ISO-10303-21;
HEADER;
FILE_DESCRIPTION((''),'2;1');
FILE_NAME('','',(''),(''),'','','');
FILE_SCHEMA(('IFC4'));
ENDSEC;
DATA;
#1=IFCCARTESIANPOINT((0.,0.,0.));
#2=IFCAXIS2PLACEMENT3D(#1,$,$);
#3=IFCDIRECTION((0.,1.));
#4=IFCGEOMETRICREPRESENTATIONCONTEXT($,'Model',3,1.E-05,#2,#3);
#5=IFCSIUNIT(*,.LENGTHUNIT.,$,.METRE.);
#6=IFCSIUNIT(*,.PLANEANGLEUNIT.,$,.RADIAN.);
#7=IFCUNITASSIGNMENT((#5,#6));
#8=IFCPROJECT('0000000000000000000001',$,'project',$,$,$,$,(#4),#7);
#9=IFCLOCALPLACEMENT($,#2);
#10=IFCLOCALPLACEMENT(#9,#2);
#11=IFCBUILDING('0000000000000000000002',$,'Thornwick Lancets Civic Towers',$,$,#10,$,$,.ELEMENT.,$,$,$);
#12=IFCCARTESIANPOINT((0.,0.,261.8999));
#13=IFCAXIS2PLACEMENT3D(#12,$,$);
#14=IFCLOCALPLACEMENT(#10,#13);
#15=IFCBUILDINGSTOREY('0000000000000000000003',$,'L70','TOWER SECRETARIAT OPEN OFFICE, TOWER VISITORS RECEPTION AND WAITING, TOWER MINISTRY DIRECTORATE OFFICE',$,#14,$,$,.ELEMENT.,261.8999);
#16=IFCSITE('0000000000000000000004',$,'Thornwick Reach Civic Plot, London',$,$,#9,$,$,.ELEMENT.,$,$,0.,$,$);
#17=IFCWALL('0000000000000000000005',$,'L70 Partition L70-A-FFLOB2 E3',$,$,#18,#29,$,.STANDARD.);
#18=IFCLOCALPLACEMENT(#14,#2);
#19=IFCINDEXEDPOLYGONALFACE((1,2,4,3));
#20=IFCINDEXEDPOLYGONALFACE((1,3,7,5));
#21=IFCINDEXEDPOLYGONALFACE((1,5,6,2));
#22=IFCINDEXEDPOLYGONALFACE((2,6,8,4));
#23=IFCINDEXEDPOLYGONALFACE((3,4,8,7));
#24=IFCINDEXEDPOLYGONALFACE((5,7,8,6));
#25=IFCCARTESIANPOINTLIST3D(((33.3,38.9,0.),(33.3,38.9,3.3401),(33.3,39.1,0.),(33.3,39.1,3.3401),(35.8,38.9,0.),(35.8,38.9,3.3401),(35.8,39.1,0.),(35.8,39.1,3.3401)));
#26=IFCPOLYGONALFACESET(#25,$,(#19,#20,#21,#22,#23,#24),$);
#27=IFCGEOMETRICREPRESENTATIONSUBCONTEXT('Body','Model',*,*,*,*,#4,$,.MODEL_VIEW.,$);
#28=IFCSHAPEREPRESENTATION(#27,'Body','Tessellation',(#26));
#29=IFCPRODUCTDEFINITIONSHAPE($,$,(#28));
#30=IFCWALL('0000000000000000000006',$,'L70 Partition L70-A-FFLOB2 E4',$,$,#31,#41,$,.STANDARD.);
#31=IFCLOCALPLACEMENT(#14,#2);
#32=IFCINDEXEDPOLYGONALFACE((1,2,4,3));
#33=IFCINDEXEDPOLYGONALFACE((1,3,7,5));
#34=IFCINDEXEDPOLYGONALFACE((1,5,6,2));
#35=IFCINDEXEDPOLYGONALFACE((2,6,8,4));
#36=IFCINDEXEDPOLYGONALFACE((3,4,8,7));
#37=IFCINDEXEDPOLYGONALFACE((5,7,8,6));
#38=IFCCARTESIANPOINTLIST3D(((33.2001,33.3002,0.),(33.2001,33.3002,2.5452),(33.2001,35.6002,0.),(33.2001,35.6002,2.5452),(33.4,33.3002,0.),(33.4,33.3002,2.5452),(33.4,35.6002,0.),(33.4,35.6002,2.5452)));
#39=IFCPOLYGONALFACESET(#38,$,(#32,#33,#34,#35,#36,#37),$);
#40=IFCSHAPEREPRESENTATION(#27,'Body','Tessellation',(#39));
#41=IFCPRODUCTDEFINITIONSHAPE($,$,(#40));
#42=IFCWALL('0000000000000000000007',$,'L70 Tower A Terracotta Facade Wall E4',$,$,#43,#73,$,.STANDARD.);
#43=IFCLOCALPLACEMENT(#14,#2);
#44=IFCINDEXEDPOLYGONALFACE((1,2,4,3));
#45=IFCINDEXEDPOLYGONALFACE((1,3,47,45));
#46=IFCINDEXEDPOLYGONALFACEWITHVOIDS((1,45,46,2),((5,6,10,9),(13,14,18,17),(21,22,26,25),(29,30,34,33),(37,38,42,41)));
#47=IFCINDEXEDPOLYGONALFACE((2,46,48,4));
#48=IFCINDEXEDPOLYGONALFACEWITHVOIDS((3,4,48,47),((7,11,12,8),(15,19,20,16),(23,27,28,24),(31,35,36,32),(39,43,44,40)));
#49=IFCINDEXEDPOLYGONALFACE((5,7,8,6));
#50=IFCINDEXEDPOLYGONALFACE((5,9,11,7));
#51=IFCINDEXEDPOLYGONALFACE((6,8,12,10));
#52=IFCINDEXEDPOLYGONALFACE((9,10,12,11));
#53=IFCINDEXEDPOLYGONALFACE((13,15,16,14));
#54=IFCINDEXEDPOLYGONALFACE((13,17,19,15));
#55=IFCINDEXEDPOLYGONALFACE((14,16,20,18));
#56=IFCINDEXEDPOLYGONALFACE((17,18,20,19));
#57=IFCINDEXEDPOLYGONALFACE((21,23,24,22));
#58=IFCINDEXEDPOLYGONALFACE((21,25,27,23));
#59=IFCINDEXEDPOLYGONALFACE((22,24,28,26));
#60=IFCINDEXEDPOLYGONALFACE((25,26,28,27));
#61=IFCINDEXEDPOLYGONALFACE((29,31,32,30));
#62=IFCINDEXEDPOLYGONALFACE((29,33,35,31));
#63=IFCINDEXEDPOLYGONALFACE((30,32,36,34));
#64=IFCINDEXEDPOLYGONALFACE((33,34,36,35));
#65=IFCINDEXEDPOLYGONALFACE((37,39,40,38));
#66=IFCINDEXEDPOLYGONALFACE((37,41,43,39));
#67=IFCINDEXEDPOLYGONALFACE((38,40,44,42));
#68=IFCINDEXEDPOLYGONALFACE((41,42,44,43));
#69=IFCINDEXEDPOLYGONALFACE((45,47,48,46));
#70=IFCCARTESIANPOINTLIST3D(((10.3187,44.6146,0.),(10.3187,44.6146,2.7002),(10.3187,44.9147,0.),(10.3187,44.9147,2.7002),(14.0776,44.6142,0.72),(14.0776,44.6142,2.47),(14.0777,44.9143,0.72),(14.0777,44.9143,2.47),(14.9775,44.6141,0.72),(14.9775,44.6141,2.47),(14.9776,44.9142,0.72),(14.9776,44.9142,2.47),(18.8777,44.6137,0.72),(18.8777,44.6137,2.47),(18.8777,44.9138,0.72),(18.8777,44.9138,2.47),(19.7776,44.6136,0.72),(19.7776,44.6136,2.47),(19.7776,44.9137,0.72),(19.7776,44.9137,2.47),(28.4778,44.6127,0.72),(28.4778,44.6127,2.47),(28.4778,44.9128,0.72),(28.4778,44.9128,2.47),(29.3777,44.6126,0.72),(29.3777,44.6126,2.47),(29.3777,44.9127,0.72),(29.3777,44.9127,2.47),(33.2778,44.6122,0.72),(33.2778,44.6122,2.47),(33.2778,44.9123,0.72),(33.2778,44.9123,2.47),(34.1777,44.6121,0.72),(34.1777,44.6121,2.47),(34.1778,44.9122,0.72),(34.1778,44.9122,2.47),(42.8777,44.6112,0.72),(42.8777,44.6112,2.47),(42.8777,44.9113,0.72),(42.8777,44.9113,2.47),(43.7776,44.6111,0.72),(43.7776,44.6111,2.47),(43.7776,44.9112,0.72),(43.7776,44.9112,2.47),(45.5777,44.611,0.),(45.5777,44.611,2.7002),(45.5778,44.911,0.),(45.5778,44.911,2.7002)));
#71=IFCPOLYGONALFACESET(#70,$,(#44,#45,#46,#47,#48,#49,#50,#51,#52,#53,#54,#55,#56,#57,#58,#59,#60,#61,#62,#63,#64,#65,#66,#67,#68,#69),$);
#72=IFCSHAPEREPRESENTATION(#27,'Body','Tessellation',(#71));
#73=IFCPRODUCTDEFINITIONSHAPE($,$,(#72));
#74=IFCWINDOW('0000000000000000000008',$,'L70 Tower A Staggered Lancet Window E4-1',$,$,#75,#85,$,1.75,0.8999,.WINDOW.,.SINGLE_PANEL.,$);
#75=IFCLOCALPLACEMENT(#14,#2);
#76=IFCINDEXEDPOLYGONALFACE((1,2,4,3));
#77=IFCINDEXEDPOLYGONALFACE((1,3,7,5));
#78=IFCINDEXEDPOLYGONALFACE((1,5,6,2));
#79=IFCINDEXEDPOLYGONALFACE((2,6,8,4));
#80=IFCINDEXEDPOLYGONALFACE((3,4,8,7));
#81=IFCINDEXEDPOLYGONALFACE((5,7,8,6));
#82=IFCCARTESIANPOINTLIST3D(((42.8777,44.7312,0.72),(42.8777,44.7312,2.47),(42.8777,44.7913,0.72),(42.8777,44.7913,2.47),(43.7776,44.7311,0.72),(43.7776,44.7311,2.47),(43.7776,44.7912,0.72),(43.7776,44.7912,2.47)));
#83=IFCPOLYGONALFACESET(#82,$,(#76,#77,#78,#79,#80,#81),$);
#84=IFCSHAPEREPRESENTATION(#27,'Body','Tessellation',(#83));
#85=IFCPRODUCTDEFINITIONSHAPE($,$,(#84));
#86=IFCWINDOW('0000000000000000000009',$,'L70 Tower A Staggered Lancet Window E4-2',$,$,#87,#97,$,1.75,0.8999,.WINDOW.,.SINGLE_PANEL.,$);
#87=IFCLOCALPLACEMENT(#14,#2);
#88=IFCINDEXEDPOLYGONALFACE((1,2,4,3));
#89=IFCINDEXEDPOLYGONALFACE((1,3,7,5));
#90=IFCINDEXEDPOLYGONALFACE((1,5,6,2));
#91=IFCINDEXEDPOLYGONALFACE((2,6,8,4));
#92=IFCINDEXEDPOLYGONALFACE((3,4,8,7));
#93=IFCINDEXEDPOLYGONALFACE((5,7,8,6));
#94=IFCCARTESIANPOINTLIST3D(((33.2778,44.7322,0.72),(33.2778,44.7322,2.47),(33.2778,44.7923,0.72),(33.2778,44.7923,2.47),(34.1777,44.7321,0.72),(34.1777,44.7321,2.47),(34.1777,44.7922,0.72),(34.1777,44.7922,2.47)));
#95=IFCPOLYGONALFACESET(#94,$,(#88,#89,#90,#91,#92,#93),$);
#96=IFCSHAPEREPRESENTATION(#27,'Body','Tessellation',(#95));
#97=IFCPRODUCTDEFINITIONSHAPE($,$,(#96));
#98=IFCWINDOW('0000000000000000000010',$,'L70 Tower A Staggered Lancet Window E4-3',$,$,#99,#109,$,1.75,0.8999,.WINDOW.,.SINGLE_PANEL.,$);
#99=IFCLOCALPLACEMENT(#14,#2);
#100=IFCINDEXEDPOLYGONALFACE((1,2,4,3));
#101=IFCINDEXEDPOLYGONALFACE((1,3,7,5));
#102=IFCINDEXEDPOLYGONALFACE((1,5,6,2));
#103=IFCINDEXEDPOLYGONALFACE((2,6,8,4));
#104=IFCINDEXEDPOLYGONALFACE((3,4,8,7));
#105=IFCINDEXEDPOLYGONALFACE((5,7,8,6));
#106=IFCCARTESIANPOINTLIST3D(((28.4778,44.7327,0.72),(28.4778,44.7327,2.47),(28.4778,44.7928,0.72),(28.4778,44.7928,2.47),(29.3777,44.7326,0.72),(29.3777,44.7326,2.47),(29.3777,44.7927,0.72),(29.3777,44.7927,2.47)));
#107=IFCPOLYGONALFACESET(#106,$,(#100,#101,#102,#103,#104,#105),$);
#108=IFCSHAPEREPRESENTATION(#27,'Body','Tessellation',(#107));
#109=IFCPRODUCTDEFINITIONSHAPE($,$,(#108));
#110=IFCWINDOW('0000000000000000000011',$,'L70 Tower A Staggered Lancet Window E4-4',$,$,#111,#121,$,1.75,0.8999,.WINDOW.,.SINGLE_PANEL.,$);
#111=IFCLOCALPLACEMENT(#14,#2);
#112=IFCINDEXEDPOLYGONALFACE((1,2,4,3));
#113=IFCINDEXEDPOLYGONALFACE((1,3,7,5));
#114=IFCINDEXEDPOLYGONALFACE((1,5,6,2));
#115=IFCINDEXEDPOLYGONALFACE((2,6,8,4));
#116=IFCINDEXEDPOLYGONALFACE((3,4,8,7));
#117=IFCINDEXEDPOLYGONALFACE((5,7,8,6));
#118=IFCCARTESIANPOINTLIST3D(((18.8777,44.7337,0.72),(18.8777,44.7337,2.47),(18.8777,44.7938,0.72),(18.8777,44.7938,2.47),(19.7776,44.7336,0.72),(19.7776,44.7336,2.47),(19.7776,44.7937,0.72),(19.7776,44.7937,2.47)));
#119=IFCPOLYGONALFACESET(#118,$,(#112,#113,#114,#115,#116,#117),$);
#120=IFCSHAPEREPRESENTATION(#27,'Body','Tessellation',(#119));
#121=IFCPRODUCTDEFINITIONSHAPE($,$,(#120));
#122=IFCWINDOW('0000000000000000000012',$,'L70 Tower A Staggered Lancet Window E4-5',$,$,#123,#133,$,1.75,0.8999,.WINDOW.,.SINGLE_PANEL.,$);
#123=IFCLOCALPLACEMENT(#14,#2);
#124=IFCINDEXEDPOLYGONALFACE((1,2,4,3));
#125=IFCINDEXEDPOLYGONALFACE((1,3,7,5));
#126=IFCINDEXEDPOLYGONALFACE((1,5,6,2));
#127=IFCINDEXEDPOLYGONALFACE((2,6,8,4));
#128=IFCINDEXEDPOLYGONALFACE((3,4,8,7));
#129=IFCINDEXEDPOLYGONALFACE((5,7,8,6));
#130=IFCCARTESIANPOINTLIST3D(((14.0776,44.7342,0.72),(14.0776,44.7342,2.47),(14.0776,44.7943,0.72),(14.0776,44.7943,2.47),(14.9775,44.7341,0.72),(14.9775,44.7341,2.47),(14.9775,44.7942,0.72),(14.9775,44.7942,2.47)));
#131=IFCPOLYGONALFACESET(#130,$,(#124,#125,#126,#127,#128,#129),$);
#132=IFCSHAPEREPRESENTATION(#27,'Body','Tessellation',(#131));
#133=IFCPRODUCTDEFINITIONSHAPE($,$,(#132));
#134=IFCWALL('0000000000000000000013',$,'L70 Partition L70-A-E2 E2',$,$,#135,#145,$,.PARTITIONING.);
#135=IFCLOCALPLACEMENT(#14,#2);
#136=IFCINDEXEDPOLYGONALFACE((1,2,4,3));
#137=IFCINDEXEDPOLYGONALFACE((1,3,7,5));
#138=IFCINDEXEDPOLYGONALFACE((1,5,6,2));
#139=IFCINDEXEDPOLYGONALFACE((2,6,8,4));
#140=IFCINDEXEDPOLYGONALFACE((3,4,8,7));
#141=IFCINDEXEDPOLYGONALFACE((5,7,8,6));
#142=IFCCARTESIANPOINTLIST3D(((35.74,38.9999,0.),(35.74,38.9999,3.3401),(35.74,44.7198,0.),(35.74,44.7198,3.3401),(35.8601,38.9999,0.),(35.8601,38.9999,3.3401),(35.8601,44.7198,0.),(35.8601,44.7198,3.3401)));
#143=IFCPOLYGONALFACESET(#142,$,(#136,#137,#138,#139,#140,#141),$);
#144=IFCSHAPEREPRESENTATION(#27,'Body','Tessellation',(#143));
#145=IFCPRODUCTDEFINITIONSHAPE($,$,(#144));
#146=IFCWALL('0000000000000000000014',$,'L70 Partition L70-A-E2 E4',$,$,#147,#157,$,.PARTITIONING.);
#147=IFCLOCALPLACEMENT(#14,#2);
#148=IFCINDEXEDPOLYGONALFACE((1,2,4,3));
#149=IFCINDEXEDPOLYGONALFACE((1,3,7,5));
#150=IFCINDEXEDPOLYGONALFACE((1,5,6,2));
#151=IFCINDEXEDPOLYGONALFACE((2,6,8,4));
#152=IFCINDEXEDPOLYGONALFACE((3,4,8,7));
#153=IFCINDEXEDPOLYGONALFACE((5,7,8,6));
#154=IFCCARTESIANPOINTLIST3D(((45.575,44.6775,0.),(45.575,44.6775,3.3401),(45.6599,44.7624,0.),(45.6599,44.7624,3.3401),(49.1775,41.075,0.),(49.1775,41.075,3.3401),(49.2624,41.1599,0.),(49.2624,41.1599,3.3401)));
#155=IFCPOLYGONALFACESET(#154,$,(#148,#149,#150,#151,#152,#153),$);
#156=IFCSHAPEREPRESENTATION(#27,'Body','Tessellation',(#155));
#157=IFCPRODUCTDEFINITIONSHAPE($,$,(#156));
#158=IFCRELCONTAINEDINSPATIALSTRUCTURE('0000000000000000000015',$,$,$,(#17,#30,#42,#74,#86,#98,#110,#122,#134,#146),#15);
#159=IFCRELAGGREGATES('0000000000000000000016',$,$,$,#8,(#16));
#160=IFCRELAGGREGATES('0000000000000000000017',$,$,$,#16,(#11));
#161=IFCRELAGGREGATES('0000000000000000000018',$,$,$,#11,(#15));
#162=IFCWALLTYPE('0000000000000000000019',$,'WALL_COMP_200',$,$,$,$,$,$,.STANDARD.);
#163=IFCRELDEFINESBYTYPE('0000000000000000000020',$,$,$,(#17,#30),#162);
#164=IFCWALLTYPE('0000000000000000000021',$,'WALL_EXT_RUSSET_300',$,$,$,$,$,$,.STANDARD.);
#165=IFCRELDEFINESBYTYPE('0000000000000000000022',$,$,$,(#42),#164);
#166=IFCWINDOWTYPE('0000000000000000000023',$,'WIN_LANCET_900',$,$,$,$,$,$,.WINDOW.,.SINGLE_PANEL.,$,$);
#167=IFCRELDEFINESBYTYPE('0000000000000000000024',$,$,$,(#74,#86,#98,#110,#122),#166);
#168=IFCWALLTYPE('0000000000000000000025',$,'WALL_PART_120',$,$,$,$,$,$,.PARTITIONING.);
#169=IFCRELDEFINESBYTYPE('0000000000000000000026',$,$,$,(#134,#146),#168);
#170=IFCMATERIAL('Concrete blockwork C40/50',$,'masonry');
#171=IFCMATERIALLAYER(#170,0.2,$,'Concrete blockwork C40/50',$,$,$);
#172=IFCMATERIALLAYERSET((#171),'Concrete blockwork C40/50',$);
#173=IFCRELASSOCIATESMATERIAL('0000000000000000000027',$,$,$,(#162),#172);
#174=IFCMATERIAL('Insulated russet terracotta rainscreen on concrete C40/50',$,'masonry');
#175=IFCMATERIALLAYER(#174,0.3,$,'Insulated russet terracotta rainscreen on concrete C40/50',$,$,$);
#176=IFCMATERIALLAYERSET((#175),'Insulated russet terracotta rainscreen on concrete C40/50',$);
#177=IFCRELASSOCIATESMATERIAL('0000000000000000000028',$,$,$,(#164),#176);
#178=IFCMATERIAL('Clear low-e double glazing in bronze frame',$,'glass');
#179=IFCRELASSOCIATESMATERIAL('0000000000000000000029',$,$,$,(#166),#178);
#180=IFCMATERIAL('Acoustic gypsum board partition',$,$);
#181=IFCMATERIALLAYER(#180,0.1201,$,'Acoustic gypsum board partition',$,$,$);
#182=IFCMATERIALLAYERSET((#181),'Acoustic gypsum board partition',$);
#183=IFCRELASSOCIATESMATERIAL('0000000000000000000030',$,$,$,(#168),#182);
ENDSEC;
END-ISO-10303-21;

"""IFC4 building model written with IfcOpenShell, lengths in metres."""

from ifc_helpers import new_model, si_unit, direction, frame, frame_2d, origin, place, context, subcontext, project, spatial, rectangle, extrude, material, layer, layer_set, type_object, element, fill, save


model = new_model("IFC4")

# Units and contexts
model_context = context("Model", 3, precision=1e-05, world=origin(), true_north=direction((0.0, 1.0)))
body_context = subcontext(model_context, "Body", "Model", "MODEL_VIEW")
ifc_project = project(units=[si_unit("LENGTHUNIT", "METRE"), si_unit("PLANEANGLEUNIT", "RADIAN")], contexts=[model_context])

# Site, building, storey
site_placement = place(None, origin())
site = spatial("IfcSite", under=ifc_project, at=site_placement, Name="Thornwick Reach Civic Plot, London", CompositionType="ELEMENT", RefElevation=0.0)
building_placement = place(site_placement, origin())
building = spatial("IfcBuilding", under=site, at=building_placement, Name="Thornwick Lancets Civic Towers", CompositionType="ELEMENT")
storey_placement = place(building_placement, frame((0.0, 0.0, 261.8999)))
storey = spatial("IfcBuildingStorey", under=building, at=storey_placement, Name="L70", Description="TOWER SECRETARIAT OPEN OFFICE, TOWER VISITORS RECEPTION AND WAITING, TOWER MINISTRY DIRECTORATE OFFICE", CompositionType="ELEMENT", Elevation=261.8999)

# Walls
ifc_material_1 = material(Name="Concrete blockwork C40/50", Category="masonry")
ifc_layer_1 = layer(ifc_material_1, 0.2, Name="Concrete blockwork C40/50")
ifc_layer_set_1 = layer_set([ifc_layer_1], Name="Concrete blockwork C40/50")
wall_type_1 = type_object("IfcWallType", Name="WALL_COMP_200", PredefinedType="STANDARD", material=ifc_layer_set_1)
wall_1_placement = place(storey_placement, frame((35.8, 39.0, 0.0), z_axis=(0.0, 0.0, 1.0), x_axis=(-1.0, 0.0, 0.0)))
element("IfcWall", 1, at=wall_1_placement, inside=storey, type_object=wall_type_1, Name="L70 Partition L70-A-FFLOB2 E3", PredefinedType="STANDARD", context=body_context, shape_type="SweptSolid", body=[
    extrude(rectangle(XDim=2.5, YDim=0.2, at=frame_2d((1.25, 0.0))), origin(), (0.0, 0.0, 1.0), 3.3401),
])
wall_2_placement = place(storey_placement, frame((33.3, 35.6001, 0.0), z_axis=(0.0, 0.0, 1.0), x_axis=(0.0, -1.0, 0.0)))
element("IfcWall", 2, at=wall_2_placement, inside=storey, type_object=wall_type_1, Name="L70 Partition L70-A-FFLOB2 E4", PredefinedType="STANDARD", context=body_context, shape_type="SweptSolid", body=[
    extrude(rectangle(XDim=2.3, YDim=0.2, at=frame_2d((1.1499, 0.0))), origin(), (0.0, 0.0, 1.0), 2.5452),
])

# Wall, openings, windows
ifc_material_2 = material(Name="Insulated russet terracotta rainscreen on concrete C40/50", Category="masonry")
ifc_layer_2 = layer(ifc_material_2, 0.3, Name="Insulated russet terracotta rainscreen on concrete C40/50")
ifc_layer_set_2 = layer_set([ifc_layer_2], Name="Insulated russet terracotta rainscreen on concrete C40/50")
wall_type_2 = type_object("IfcWallType", Name="WALL_EXT_RUSSET_300", PredefinedType="STANDARD", material=ifc_layer_set_2)
wall_3_placement = place(storey_placement, frame((45.5776, 44.761, 0.0), z_axis=(0.0, 0.0, 1.0), x_axis=(-1.0, 0.000104, 0.0)))
wall_3 = element("IfcWall", 3, at=wall_3_placement, inside=storey, type_object=wall_type_2, Name="L70 Tower A Terracotta Facade Wall E4", PredefinedType="STANDARD", context=body_context, shape_type="SweptSolid", body=[
    extrude(rectangle(XDim=35.259, YDim=0.3, at=frame_2d((17.6294, 0.0))), origin(), (0.0, 0.0, 1.0), 2.7002),
])
opening_1_placement = place(wall_3_placement, frame((1.8, 0.0, 0.72)))
opening_1 = element("IfcOpeningElement", 4, at=opening_1_placement, cuts=wall_3, PredefinedType="OPENING", context=body_context, shape_type="SweptSolid", body=[
    extrude(rectangle(XDim=0.8999, YDim=1.75, at=frame_2d((0.45, 0.875))), frame((0.0, 0.1602, 0.0), z_axis=(0.0, -1.0, 0.0), x_axis=(1.0, 0.0, 0.0)), (0.0, 0.0, 1.0), 0.3201),
])
opening_2_placement = place(wall_3_placement, frame((11.3999, 0.0, 0.72)))
opening_2 = element("IfcOpeningElement", 5, at=opening_2_placement, cuts=wall_3, PredefinedType="OPENING", context=body_context, shape_type="SweptSolid", body=[
    extrude(rectangle(XDim=0.8999, YDim=1.75, at=frame_2d((0.45, 0.875))), frame((0.0, 0.1602, 0.0), z_axis=(0.0, -1.0, 0.0), x_axis=(1.0, 0.0, 0.0)), (0.0, 0.0, 1.0), 0.3201),
])
opening_3_placement = place(wall_3_placement, frame((16.2, 0.0, 0.72)))
opening_3 = element("IfcOpeningElement", 6, at=opening_3_placement, cuts=wall_3, PredefinedType="OPENING", context=body_context, shape_type="SweptSolid", body=[
    extrude(rectangle(XDim=0.8999, YDim=1.75, at=frame_2d((0.45, 0.875))), frame((0.0, 0.1602, 0.0), z_axis=(0.0, -1.0, 0.0), x_axis=(1.0, 0.0, 0.0)), (0.0, 0.0, 1.0), 0.3201),
])
opening_4_placement = place(wall_3_placement, frame((25.8, 0.0, 0.72)))
opening_4 = element("IfcOpeningElement", 7, at=opening_4_placement, cuts=wall_3, PredefinedType="OPENING", context=body_context, shape_type="SweptSolid", body=[
    extrude(rectangle(XDim=0.8999, YDim=1.75, at=frame_2d((0.45, 0.875))), frame((0.0, 0.1602, 0.0), z_axis=(0.0, -1.0, 0.0), x_axis=(1.0, 0.0, 0.0)), (0.0, 0.0, 1.0), 0.3201),
])
opening_5_placement = place(wall_3_placement, frame((30.6001, 0.0, 0.72)))
opening_5 = element("IfcOpeningElement", 8, at=opening_5_placement, cuts=wall_3, PredefinedType="OPENING", context=body_context, shape_type="SweptSolid", body=[
    extrude(rectangle(XDim=0.8999, YDim=1.75, at=frame_2d((0.45, 0.875))), frame((0.0, 0.1602, 0.0), z_axis=(0.0, -1.0, 0.0), x_axis=(1.0, 0.0, 0.0)), (0.0, 0.0, 1.0), 0.3201),
])
ifc_material_3 = material(Name="Clear low-e double glazing in bronze frame", Category="glass")
window_type = type_object("IfcWindowType", Name="WIN_LANCET_900", PartitioningType="SINGLE_PANEL", PredefinedType="WINDOW", material=ifc_material_3)
window_1_placement = place(opening_1_placement, origin())
window_1 = element("IfcWindow", 9, at=window_1_placement, inside=storey, type_object=window_type, Name="L70 Tower A Staggered Lancet Window E4-1", OverallHeight=1.75, OverallWidth=0.8999, PartitioningType="SINGLE_PANEL", PredefinedType="WINDOW", context=body_context, shape_type="SweptSolid", body=[
    extrude(rectangle(XDim=0.8999, YDim=1.75, at=frame_2d((0.45, 0.875))), frame((0.0, 0.03, 0.0), z_axis=(0.0, -1.0, 0.0), x_axis=(1.0, 0.0, 0.0)), (0.0, 0.0, 1.0), 0.0601),
])
fill(opening_1, window_1)
window_2_placement = place(opening_2_placement, origin())
window_2 = element("IfcWindow", 10, at=window_2_placement, inside=storey, type_object=window_type, Name="L70 Tower A Staggered Lancet Window E4-2", OverallHeight=1.75, OverallWidth=0.8999, PartitioningType="SINGLE_PANEL", PredefinedType="WINDOW", context=body_context, shape_type="SweptSolid", body=[
    extrude(rectangle(XDim=0.8999, YDim=1.75, at=frame_2d((0.45, 0.875))), frame((0.0, 0.03, 0.0), z_axis=(0.0, -1.0, 0.0), x_axis=(1.0, 0.0, 0.0)), (0.0, 0.0, 1.0), 0.0601),
])
fill(opening_2, window_2)
window_3_placement = place(opening_3_placement, origin())
window_3 = element("IfcWindow", 11, at=window_3_placement, inside=storey, type_object=window_type, Name="L70 Tower A Staggered Lancet Window E4-3", OverallHeight=1.75, OverallWidth=0.8999, PartitioningType="SINGLE_PANEL", PredefinedType="WINDOW", context=body_context, shape_type="SweptSolid", body=[
    extrude(rectangle(XDim=0.8999, YDim=1.75, at=frame_2d((0.45, 0.875))), frame((0.0, 0.03, 0.0), z_axis=(0.0, -1.0, 0.0), x_axis=(1.0, 0.0, 0.0)), (0.0, 0.0, 1.0), 0.0601),
])
fill(opening_3, window_3)
window_4_placement = place(opening_4_placement, origin())
window_4 = element("IfcWindow", 12, at=window_4_placement, inside=storey, type_object=window_type, Name="L70 Tower A Staggered Lancet Window E4-4", OverallHeight=1.75, OverallWidth=0.8999, PartitioningType="SINGLE_PANEL", PredefinedType="WINDOW", context=body_context, shape_type="SweptSolid", body=[
    extrude(rectangle(XDim=0.8999, YDim=1.75, at=frame_2d((0.45, 0.875))), frame((0.0, 0.03, 0.0), z_axis=(0.0, -1.0, 0.0), x_axis=(1.0, 0.0, 0.0)), (0.0, 0.0, 1.0), 0.0601),
])
fill(opening_4, window_4)
window_5_placement = place(opening_5_placement, origin())
window_5 = element("IfcWindow", 13, at=window_5_placement, inside=storey, type_object=window_type, Name="L70 Tower A Staggered Lancet Window E4-5", OverallHeight=1.75, OverallWidth=0.8999, PartitioningType="SINGLE_PANEL", PredefinedType="WINDOW", context=body_context, shape_type="SweptSolid", body=[
    extrude(rectangle(XDim=0.8999, YDim=1.75, at=frame_2d((0.45, 0.875))), frame((0.0, 0.03, 0.0), z_axis=(0.0, -1.0, 0.0), x_axis=(1.0, 0.0, 0.0)), (0.0, 0.0, 1.0), 0.0601),
])
fill(opening_5, window_5)

# Walls
ifc_material_4 = material(Name="Acoustic gypsum board partition")
ifc_layer_3 = layer(ifc_material_4, 0.1201, Name="Acoustic gypsum board partition")
ifc_layer_set_3 = layer_set([ifc_layer_3], Name="Acoustic gypsum board partition")
wall_type_3 = type_object("IfcWallType", Name="WALL_PART_120", PredefinedType="PARTITIONING", material=ifc_layer_set_3)
wall_4_placement = place(storey_placement, frame((35.8, 39.0, 0.0), z_axis=(0.0, 0.0, 1.0), x_axis=(0.0, 1.0, 0.0)))
element("IfcWall", 14, at=wall_4_placement, inside=storey, type_object=wall_type_3, Name="L70 Partition L70-A-E2 E2", PredefinedType="PARTITIONING", context=body_context, shape_type="SweptSolid", body=[
    extrude(rectangle(XDim=5.72, YDim=0.1201, at=frame_2d((2.8599, 0.0))), origin(), (0.0, 0.0, 1.0), 3.3401),
])
wall_5_placement = place(storey_placement, frame((45.6174, 44.72, 0.0), z_axis=(0.0, 0.0, 1.0), x_axis=(0.707107, -0.707107, 0.0)))
element("IfcWall", 15, at=wall_5_placement, inside=storey, type_object=wall_type_3, Name="L70 Partition L70-A-E2 E4", PredefinedType="PARTITIONING", context=body_context, shape_type="SweptSolid", body=[
    extrude(rectangle(XDim=5.0947, YDim=0.1201, at=frame_2d((2.5474, 0.0))), origin(), (0.0, 0.0, 1.0), 3.3401),
])

save(model, "model.ifc")
